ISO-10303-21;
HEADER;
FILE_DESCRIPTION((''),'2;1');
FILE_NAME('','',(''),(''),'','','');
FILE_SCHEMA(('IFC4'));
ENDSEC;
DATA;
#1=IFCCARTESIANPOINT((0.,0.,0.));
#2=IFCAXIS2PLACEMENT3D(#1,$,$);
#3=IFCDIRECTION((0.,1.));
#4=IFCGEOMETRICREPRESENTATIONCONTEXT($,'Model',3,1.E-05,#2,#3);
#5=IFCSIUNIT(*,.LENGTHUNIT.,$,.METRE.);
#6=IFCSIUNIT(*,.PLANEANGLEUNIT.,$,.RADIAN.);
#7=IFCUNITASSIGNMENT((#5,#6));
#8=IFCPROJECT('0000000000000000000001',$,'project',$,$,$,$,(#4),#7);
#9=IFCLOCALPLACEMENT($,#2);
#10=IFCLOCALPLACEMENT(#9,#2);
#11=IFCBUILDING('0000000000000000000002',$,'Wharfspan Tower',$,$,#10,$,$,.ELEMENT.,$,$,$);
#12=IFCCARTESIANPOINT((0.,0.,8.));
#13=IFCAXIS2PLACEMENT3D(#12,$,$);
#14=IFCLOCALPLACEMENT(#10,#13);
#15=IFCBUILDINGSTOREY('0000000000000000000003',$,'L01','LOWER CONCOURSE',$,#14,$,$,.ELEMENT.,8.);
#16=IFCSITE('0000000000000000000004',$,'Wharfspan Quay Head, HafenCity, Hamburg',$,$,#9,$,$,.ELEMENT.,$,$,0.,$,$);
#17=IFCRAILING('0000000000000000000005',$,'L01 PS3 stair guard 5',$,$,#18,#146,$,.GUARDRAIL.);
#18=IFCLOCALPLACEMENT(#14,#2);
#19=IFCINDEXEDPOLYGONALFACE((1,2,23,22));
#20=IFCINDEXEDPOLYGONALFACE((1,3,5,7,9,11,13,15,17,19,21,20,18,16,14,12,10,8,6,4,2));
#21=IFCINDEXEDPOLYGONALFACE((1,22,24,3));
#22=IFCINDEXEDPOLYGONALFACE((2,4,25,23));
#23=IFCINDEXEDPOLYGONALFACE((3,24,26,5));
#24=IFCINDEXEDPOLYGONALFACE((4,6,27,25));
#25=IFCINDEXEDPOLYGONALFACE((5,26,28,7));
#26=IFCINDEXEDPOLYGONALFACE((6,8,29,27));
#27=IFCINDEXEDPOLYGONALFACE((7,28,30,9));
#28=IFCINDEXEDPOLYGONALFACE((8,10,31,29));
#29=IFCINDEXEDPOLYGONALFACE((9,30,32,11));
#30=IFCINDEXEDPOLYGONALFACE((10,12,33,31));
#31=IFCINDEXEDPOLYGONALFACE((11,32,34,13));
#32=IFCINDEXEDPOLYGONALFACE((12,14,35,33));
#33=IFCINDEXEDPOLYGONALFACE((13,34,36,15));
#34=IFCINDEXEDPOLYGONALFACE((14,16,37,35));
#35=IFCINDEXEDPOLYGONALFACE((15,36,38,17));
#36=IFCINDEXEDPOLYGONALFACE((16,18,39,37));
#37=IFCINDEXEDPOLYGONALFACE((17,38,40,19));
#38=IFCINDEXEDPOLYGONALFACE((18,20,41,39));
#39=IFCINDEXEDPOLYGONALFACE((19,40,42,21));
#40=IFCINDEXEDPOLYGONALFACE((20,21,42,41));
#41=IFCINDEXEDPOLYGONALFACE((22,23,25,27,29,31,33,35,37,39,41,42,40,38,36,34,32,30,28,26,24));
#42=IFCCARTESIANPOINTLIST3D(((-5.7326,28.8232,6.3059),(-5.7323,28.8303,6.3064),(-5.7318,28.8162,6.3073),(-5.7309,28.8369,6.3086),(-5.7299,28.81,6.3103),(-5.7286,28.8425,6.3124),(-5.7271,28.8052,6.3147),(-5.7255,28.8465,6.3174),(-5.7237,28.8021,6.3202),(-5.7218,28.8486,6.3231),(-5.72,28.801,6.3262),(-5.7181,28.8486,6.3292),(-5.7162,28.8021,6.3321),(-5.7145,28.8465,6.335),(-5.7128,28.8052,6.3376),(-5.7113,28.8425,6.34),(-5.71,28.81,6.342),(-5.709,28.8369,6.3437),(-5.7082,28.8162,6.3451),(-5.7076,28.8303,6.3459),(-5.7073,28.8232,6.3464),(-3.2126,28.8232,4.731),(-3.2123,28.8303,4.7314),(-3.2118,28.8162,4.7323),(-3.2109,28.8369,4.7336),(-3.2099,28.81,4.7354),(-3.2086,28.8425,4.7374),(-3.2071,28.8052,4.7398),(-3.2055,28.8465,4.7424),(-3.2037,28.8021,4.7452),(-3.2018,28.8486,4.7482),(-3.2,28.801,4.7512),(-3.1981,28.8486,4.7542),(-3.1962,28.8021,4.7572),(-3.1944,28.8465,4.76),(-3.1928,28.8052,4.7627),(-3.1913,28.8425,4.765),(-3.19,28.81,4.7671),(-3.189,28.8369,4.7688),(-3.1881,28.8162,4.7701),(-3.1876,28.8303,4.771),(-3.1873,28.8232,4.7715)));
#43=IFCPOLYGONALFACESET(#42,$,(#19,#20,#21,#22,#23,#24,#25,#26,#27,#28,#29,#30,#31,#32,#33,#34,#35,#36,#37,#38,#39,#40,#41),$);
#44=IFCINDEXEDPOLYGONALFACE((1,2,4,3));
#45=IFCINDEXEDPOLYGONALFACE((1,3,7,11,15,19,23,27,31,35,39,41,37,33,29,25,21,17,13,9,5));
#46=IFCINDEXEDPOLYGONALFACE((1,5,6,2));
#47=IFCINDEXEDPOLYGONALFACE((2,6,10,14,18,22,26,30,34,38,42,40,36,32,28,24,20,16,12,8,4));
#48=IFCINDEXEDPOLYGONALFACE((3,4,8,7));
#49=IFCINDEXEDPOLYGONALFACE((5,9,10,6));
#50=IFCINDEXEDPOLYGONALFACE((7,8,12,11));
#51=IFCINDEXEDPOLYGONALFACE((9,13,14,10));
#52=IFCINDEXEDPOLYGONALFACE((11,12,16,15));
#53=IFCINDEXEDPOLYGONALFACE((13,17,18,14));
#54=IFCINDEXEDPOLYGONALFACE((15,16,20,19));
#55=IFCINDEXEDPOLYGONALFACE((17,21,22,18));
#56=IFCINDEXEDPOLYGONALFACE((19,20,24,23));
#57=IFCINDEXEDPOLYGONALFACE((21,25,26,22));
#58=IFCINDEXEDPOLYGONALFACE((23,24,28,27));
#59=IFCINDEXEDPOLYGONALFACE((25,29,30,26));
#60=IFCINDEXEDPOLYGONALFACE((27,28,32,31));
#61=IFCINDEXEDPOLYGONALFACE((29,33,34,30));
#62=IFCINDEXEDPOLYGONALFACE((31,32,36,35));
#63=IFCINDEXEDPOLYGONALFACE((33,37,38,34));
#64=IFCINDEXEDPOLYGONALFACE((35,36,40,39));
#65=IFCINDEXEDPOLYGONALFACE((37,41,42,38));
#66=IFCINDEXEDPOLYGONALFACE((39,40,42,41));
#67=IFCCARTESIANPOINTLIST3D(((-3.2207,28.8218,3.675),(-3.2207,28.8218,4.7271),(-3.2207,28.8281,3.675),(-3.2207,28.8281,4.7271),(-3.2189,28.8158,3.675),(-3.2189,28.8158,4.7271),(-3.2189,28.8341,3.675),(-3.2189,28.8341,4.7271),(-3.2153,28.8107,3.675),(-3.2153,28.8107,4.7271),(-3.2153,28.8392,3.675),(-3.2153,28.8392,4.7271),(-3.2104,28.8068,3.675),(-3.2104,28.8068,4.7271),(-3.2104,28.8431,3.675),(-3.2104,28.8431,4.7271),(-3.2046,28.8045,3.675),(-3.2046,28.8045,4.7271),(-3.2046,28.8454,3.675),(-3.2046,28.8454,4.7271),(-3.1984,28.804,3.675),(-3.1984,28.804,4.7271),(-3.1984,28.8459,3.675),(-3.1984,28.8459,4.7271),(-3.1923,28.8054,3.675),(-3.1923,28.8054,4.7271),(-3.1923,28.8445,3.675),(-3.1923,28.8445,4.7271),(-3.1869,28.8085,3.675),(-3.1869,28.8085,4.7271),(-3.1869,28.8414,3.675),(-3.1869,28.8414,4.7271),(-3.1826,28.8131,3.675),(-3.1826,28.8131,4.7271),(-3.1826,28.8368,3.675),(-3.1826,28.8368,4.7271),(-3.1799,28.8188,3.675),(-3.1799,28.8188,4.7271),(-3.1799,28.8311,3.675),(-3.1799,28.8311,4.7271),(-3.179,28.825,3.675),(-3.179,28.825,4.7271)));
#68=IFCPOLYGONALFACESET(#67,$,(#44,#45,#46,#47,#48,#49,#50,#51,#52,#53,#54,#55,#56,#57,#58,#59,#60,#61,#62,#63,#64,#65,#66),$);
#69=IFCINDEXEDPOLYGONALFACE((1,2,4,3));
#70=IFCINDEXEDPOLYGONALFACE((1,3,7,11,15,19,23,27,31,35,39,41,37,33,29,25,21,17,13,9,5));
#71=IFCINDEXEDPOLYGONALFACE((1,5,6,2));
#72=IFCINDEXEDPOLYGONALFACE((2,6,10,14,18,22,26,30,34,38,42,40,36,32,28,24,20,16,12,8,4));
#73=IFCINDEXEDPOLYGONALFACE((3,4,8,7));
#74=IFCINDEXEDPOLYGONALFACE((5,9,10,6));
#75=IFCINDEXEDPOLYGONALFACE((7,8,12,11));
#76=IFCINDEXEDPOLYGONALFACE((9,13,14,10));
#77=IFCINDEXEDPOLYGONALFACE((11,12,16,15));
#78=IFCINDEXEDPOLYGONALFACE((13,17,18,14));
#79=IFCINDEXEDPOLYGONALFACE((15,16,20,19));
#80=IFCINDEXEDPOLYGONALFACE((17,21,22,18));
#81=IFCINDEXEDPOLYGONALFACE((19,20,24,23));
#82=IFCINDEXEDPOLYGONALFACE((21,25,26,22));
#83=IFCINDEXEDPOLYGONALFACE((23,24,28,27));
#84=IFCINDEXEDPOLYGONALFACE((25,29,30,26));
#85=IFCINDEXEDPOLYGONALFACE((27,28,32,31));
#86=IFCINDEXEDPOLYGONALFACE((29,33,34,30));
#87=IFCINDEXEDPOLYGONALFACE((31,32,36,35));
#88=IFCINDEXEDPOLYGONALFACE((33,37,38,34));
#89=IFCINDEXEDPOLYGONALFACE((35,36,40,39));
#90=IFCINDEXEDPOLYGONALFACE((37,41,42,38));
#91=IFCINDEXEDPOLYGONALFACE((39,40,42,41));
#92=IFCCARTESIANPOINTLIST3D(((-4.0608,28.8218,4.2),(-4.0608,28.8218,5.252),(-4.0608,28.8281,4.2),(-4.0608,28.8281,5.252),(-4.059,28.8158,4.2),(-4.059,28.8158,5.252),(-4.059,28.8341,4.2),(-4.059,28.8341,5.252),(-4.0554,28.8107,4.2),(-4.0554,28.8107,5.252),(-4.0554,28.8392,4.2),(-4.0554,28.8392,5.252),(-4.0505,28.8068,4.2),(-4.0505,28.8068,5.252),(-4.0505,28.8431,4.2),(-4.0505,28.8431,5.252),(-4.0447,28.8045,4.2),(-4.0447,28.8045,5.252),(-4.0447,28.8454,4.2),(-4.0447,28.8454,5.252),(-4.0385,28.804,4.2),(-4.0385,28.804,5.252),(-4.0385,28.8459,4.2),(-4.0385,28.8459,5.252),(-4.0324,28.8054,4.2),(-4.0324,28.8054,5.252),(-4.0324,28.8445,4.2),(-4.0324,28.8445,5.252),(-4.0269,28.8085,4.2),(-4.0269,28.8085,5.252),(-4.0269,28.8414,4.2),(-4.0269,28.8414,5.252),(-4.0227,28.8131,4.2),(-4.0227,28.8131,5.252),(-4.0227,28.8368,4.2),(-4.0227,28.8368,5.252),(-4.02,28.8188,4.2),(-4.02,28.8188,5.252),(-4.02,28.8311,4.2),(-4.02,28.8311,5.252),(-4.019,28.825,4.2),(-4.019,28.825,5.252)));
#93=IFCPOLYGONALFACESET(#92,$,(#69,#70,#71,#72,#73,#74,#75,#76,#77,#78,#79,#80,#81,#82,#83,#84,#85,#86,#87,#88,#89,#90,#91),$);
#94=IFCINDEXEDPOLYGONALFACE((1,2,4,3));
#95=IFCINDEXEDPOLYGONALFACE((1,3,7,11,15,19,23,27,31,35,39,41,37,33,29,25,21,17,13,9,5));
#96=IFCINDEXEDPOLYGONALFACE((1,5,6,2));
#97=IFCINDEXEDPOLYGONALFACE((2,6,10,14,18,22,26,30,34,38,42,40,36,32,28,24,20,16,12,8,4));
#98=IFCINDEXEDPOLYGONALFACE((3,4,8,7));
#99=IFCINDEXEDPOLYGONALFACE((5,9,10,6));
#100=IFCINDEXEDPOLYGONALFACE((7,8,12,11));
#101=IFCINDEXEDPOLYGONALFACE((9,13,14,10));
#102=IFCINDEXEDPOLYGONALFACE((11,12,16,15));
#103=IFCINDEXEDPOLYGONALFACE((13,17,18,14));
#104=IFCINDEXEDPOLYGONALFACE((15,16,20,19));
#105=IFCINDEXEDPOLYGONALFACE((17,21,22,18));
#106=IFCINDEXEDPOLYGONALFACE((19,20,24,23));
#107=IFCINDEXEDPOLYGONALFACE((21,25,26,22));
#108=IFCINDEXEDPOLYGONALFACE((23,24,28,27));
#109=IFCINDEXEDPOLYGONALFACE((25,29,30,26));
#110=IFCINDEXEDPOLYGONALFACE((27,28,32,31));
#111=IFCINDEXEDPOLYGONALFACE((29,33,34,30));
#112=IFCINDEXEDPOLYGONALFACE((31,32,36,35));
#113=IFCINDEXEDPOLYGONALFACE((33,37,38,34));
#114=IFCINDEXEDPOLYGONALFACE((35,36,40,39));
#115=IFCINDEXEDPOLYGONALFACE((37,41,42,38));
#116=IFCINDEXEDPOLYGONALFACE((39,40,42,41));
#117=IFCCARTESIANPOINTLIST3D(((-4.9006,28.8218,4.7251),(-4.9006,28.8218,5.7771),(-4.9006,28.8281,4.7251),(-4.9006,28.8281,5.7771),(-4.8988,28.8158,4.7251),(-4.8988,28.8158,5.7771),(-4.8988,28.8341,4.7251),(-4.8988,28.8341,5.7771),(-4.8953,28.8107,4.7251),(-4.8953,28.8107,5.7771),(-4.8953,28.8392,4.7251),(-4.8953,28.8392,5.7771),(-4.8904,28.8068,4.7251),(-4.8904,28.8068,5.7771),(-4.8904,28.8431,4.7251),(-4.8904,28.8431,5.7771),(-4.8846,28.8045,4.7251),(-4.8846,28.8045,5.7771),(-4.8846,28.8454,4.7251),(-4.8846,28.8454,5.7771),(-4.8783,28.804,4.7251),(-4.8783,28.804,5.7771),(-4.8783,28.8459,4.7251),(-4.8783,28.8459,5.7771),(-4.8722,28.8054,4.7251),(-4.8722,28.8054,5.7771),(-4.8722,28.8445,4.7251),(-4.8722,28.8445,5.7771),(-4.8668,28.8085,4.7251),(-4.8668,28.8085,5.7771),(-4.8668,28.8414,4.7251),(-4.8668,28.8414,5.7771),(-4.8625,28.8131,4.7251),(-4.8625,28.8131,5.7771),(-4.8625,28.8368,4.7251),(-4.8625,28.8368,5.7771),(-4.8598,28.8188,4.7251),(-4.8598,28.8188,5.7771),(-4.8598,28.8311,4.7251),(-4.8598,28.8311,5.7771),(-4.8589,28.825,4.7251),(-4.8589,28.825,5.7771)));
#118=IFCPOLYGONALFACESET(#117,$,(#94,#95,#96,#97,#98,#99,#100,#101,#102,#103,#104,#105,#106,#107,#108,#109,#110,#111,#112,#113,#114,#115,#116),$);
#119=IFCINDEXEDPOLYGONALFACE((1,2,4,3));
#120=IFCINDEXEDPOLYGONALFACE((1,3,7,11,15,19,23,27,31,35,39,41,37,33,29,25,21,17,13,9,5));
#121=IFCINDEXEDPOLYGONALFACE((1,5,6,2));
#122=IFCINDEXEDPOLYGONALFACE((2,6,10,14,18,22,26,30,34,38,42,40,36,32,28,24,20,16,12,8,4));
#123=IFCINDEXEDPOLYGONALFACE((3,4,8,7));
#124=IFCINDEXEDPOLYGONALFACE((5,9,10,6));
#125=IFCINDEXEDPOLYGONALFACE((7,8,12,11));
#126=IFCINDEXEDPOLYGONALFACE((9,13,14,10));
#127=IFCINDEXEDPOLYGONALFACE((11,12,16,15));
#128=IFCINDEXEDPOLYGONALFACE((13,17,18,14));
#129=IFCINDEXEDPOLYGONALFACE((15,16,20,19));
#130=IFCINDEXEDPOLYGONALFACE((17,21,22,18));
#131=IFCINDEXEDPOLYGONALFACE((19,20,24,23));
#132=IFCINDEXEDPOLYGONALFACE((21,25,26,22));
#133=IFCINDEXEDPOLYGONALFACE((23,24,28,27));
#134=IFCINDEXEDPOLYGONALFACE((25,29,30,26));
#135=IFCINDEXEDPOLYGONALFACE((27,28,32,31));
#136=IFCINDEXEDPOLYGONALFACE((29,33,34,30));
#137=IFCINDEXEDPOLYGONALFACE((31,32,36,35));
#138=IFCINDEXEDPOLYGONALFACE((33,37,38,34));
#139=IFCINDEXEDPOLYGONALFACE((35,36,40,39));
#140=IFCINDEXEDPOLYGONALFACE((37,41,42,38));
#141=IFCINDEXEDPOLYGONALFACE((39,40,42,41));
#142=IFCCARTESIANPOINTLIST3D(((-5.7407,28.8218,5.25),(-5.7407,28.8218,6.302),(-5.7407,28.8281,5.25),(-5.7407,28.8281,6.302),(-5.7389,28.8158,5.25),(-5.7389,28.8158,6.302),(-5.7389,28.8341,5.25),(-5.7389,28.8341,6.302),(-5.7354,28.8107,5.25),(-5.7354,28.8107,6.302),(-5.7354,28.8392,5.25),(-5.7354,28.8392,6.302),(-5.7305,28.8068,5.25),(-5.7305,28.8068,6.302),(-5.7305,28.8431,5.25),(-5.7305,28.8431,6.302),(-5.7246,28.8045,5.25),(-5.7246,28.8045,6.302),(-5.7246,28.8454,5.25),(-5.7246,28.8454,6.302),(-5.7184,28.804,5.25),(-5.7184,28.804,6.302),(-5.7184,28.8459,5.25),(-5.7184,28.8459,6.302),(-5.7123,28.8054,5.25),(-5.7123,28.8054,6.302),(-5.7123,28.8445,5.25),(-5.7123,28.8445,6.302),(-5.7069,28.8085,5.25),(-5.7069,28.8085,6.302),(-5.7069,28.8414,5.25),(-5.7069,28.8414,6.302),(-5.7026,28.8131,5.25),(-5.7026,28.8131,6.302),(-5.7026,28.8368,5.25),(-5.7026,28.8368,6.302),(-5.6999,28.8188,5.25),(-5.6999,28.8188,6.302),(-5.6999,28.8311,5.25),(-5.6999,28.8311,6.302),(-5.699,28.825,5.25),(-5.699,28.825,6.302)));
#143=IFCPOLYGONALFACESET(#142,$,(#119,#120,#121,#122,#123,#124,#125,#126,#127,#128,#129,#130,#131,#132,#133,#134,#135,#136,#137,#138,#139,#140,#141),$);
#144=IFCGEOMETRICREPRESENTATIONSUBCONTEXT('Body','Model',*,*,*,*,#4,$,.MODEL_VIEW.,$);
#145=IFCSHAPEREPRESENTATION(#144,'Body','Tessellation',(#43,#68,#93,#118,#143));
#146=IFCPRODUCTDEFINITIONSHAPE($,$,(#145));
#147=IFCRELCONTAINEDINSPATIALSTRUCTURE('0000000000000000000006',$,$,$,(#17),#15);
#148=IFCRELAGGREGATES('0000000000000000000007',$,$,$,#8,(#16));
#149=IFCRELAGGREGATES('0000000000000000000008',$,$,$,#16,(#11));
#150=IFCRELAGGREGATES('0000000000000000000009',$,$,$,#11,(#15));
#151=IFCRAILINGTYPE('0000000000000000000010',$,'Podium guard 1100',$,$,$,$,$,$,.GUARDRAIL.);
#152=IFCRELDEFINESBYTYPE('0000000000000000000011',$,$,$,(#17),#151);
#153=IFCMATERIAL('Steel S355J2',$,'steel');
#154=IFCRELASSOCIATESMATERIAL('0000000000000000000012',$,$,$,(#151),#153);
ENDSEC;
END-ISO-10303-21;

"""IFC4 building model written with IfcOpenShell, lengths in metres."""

from ifc_helpers import new_model, si_unit, direction, frame, origin, origin_2d, place, context, subcontext, project, spatial, circle, extrude, material, type_object, element, save


model = new_model("IFC4")

# Units and contexts
model_context = context("Model", 3, precision=1e-05, world=origin(), true_north=direction((0.0, 1.0)))
body_context = subcontext(model_context, "Body", "Model", "MODEL_VIEW")
ifc_project = project(units=[si_unit("LENGTHUNIT", "METRE"), si_unit("PLANEANGLEUNIT", "RADIAN")], contexts=[model_context])

# Site, building, storey
site_placement = place(None, origin())
site = spatial("IfcSite", under=ifc_project, at=site_placement, Name="Wharfspan Quay Head, HafenCity, Hamburg", CompositionType="ELEMENT", RefElevation=0.0)
building_placement = place(site_placement, origin())
building = spatial("IfcBuilding", under=site, at=building_placement, Name="Wharfspan Tower", CompositionType="ELEMENT")
storey_placement = place(building_placement, frame((0.0, 0.0, 8.0)))
storey = spatial("IfcBuildingStorey", under=building, at=storey_placement, Name="L01", Description="LOWER CONCOURSE", CompositionType="ELEMENT", Elevation=8.0)

# Railing
ifc_material_1 = material(Name="Steel S355J2", Category="steel")
railing_type_1 = type_object("IfcRailingType", Name="Podium guard 1100", PredefinedType="GUARDRAIL", material=ifc_material_1)
railing_1_placement = place(storey_placement, frame((-3.2, 28.825, 3.675)))
element("IfcRailing", 1, at=railing_1_placement, inside=storey, type_object=railing_type_1, Name="L01 PS3 stair guard 5", PredefinedType="GUARDRAIL", context=body_context, shape_type="SweptSolid", body=[
    extrude(circle(Radius=0.0239, at=origin_2d()), frame((0.0, 0.0, 1.0762), z_axis=(-0.848008, 0.0, 0.529984), x_axis=(0.0, -1.0, 0.0)), (0.0, 0.0, 1.0), 2.9717),
    extrude(circle(Radius=0.021, at=origin_2d()), origin(), (0.0, 0.0, 1.0), 1.052),
    extrude(circle(Radius=0.021, at=origin_2d()), frame((-0.8401, 0.0, 0.5249)), (0.0, 0.0, 1.0), 1.052),
    extrude(circle(Radius=0.021, at=origin_2d()), frame((-1.6799, 0.0, 1.05)), (0.0, 0.0, 1.0), 1.052),
    extrude(circle(Radius=0.021, at=origin_2d()), frame((-2.52, 0.0, 1.575)), (0.0, 0.0, 1.0), 1.052),
])

save(model, "model.ifc")
